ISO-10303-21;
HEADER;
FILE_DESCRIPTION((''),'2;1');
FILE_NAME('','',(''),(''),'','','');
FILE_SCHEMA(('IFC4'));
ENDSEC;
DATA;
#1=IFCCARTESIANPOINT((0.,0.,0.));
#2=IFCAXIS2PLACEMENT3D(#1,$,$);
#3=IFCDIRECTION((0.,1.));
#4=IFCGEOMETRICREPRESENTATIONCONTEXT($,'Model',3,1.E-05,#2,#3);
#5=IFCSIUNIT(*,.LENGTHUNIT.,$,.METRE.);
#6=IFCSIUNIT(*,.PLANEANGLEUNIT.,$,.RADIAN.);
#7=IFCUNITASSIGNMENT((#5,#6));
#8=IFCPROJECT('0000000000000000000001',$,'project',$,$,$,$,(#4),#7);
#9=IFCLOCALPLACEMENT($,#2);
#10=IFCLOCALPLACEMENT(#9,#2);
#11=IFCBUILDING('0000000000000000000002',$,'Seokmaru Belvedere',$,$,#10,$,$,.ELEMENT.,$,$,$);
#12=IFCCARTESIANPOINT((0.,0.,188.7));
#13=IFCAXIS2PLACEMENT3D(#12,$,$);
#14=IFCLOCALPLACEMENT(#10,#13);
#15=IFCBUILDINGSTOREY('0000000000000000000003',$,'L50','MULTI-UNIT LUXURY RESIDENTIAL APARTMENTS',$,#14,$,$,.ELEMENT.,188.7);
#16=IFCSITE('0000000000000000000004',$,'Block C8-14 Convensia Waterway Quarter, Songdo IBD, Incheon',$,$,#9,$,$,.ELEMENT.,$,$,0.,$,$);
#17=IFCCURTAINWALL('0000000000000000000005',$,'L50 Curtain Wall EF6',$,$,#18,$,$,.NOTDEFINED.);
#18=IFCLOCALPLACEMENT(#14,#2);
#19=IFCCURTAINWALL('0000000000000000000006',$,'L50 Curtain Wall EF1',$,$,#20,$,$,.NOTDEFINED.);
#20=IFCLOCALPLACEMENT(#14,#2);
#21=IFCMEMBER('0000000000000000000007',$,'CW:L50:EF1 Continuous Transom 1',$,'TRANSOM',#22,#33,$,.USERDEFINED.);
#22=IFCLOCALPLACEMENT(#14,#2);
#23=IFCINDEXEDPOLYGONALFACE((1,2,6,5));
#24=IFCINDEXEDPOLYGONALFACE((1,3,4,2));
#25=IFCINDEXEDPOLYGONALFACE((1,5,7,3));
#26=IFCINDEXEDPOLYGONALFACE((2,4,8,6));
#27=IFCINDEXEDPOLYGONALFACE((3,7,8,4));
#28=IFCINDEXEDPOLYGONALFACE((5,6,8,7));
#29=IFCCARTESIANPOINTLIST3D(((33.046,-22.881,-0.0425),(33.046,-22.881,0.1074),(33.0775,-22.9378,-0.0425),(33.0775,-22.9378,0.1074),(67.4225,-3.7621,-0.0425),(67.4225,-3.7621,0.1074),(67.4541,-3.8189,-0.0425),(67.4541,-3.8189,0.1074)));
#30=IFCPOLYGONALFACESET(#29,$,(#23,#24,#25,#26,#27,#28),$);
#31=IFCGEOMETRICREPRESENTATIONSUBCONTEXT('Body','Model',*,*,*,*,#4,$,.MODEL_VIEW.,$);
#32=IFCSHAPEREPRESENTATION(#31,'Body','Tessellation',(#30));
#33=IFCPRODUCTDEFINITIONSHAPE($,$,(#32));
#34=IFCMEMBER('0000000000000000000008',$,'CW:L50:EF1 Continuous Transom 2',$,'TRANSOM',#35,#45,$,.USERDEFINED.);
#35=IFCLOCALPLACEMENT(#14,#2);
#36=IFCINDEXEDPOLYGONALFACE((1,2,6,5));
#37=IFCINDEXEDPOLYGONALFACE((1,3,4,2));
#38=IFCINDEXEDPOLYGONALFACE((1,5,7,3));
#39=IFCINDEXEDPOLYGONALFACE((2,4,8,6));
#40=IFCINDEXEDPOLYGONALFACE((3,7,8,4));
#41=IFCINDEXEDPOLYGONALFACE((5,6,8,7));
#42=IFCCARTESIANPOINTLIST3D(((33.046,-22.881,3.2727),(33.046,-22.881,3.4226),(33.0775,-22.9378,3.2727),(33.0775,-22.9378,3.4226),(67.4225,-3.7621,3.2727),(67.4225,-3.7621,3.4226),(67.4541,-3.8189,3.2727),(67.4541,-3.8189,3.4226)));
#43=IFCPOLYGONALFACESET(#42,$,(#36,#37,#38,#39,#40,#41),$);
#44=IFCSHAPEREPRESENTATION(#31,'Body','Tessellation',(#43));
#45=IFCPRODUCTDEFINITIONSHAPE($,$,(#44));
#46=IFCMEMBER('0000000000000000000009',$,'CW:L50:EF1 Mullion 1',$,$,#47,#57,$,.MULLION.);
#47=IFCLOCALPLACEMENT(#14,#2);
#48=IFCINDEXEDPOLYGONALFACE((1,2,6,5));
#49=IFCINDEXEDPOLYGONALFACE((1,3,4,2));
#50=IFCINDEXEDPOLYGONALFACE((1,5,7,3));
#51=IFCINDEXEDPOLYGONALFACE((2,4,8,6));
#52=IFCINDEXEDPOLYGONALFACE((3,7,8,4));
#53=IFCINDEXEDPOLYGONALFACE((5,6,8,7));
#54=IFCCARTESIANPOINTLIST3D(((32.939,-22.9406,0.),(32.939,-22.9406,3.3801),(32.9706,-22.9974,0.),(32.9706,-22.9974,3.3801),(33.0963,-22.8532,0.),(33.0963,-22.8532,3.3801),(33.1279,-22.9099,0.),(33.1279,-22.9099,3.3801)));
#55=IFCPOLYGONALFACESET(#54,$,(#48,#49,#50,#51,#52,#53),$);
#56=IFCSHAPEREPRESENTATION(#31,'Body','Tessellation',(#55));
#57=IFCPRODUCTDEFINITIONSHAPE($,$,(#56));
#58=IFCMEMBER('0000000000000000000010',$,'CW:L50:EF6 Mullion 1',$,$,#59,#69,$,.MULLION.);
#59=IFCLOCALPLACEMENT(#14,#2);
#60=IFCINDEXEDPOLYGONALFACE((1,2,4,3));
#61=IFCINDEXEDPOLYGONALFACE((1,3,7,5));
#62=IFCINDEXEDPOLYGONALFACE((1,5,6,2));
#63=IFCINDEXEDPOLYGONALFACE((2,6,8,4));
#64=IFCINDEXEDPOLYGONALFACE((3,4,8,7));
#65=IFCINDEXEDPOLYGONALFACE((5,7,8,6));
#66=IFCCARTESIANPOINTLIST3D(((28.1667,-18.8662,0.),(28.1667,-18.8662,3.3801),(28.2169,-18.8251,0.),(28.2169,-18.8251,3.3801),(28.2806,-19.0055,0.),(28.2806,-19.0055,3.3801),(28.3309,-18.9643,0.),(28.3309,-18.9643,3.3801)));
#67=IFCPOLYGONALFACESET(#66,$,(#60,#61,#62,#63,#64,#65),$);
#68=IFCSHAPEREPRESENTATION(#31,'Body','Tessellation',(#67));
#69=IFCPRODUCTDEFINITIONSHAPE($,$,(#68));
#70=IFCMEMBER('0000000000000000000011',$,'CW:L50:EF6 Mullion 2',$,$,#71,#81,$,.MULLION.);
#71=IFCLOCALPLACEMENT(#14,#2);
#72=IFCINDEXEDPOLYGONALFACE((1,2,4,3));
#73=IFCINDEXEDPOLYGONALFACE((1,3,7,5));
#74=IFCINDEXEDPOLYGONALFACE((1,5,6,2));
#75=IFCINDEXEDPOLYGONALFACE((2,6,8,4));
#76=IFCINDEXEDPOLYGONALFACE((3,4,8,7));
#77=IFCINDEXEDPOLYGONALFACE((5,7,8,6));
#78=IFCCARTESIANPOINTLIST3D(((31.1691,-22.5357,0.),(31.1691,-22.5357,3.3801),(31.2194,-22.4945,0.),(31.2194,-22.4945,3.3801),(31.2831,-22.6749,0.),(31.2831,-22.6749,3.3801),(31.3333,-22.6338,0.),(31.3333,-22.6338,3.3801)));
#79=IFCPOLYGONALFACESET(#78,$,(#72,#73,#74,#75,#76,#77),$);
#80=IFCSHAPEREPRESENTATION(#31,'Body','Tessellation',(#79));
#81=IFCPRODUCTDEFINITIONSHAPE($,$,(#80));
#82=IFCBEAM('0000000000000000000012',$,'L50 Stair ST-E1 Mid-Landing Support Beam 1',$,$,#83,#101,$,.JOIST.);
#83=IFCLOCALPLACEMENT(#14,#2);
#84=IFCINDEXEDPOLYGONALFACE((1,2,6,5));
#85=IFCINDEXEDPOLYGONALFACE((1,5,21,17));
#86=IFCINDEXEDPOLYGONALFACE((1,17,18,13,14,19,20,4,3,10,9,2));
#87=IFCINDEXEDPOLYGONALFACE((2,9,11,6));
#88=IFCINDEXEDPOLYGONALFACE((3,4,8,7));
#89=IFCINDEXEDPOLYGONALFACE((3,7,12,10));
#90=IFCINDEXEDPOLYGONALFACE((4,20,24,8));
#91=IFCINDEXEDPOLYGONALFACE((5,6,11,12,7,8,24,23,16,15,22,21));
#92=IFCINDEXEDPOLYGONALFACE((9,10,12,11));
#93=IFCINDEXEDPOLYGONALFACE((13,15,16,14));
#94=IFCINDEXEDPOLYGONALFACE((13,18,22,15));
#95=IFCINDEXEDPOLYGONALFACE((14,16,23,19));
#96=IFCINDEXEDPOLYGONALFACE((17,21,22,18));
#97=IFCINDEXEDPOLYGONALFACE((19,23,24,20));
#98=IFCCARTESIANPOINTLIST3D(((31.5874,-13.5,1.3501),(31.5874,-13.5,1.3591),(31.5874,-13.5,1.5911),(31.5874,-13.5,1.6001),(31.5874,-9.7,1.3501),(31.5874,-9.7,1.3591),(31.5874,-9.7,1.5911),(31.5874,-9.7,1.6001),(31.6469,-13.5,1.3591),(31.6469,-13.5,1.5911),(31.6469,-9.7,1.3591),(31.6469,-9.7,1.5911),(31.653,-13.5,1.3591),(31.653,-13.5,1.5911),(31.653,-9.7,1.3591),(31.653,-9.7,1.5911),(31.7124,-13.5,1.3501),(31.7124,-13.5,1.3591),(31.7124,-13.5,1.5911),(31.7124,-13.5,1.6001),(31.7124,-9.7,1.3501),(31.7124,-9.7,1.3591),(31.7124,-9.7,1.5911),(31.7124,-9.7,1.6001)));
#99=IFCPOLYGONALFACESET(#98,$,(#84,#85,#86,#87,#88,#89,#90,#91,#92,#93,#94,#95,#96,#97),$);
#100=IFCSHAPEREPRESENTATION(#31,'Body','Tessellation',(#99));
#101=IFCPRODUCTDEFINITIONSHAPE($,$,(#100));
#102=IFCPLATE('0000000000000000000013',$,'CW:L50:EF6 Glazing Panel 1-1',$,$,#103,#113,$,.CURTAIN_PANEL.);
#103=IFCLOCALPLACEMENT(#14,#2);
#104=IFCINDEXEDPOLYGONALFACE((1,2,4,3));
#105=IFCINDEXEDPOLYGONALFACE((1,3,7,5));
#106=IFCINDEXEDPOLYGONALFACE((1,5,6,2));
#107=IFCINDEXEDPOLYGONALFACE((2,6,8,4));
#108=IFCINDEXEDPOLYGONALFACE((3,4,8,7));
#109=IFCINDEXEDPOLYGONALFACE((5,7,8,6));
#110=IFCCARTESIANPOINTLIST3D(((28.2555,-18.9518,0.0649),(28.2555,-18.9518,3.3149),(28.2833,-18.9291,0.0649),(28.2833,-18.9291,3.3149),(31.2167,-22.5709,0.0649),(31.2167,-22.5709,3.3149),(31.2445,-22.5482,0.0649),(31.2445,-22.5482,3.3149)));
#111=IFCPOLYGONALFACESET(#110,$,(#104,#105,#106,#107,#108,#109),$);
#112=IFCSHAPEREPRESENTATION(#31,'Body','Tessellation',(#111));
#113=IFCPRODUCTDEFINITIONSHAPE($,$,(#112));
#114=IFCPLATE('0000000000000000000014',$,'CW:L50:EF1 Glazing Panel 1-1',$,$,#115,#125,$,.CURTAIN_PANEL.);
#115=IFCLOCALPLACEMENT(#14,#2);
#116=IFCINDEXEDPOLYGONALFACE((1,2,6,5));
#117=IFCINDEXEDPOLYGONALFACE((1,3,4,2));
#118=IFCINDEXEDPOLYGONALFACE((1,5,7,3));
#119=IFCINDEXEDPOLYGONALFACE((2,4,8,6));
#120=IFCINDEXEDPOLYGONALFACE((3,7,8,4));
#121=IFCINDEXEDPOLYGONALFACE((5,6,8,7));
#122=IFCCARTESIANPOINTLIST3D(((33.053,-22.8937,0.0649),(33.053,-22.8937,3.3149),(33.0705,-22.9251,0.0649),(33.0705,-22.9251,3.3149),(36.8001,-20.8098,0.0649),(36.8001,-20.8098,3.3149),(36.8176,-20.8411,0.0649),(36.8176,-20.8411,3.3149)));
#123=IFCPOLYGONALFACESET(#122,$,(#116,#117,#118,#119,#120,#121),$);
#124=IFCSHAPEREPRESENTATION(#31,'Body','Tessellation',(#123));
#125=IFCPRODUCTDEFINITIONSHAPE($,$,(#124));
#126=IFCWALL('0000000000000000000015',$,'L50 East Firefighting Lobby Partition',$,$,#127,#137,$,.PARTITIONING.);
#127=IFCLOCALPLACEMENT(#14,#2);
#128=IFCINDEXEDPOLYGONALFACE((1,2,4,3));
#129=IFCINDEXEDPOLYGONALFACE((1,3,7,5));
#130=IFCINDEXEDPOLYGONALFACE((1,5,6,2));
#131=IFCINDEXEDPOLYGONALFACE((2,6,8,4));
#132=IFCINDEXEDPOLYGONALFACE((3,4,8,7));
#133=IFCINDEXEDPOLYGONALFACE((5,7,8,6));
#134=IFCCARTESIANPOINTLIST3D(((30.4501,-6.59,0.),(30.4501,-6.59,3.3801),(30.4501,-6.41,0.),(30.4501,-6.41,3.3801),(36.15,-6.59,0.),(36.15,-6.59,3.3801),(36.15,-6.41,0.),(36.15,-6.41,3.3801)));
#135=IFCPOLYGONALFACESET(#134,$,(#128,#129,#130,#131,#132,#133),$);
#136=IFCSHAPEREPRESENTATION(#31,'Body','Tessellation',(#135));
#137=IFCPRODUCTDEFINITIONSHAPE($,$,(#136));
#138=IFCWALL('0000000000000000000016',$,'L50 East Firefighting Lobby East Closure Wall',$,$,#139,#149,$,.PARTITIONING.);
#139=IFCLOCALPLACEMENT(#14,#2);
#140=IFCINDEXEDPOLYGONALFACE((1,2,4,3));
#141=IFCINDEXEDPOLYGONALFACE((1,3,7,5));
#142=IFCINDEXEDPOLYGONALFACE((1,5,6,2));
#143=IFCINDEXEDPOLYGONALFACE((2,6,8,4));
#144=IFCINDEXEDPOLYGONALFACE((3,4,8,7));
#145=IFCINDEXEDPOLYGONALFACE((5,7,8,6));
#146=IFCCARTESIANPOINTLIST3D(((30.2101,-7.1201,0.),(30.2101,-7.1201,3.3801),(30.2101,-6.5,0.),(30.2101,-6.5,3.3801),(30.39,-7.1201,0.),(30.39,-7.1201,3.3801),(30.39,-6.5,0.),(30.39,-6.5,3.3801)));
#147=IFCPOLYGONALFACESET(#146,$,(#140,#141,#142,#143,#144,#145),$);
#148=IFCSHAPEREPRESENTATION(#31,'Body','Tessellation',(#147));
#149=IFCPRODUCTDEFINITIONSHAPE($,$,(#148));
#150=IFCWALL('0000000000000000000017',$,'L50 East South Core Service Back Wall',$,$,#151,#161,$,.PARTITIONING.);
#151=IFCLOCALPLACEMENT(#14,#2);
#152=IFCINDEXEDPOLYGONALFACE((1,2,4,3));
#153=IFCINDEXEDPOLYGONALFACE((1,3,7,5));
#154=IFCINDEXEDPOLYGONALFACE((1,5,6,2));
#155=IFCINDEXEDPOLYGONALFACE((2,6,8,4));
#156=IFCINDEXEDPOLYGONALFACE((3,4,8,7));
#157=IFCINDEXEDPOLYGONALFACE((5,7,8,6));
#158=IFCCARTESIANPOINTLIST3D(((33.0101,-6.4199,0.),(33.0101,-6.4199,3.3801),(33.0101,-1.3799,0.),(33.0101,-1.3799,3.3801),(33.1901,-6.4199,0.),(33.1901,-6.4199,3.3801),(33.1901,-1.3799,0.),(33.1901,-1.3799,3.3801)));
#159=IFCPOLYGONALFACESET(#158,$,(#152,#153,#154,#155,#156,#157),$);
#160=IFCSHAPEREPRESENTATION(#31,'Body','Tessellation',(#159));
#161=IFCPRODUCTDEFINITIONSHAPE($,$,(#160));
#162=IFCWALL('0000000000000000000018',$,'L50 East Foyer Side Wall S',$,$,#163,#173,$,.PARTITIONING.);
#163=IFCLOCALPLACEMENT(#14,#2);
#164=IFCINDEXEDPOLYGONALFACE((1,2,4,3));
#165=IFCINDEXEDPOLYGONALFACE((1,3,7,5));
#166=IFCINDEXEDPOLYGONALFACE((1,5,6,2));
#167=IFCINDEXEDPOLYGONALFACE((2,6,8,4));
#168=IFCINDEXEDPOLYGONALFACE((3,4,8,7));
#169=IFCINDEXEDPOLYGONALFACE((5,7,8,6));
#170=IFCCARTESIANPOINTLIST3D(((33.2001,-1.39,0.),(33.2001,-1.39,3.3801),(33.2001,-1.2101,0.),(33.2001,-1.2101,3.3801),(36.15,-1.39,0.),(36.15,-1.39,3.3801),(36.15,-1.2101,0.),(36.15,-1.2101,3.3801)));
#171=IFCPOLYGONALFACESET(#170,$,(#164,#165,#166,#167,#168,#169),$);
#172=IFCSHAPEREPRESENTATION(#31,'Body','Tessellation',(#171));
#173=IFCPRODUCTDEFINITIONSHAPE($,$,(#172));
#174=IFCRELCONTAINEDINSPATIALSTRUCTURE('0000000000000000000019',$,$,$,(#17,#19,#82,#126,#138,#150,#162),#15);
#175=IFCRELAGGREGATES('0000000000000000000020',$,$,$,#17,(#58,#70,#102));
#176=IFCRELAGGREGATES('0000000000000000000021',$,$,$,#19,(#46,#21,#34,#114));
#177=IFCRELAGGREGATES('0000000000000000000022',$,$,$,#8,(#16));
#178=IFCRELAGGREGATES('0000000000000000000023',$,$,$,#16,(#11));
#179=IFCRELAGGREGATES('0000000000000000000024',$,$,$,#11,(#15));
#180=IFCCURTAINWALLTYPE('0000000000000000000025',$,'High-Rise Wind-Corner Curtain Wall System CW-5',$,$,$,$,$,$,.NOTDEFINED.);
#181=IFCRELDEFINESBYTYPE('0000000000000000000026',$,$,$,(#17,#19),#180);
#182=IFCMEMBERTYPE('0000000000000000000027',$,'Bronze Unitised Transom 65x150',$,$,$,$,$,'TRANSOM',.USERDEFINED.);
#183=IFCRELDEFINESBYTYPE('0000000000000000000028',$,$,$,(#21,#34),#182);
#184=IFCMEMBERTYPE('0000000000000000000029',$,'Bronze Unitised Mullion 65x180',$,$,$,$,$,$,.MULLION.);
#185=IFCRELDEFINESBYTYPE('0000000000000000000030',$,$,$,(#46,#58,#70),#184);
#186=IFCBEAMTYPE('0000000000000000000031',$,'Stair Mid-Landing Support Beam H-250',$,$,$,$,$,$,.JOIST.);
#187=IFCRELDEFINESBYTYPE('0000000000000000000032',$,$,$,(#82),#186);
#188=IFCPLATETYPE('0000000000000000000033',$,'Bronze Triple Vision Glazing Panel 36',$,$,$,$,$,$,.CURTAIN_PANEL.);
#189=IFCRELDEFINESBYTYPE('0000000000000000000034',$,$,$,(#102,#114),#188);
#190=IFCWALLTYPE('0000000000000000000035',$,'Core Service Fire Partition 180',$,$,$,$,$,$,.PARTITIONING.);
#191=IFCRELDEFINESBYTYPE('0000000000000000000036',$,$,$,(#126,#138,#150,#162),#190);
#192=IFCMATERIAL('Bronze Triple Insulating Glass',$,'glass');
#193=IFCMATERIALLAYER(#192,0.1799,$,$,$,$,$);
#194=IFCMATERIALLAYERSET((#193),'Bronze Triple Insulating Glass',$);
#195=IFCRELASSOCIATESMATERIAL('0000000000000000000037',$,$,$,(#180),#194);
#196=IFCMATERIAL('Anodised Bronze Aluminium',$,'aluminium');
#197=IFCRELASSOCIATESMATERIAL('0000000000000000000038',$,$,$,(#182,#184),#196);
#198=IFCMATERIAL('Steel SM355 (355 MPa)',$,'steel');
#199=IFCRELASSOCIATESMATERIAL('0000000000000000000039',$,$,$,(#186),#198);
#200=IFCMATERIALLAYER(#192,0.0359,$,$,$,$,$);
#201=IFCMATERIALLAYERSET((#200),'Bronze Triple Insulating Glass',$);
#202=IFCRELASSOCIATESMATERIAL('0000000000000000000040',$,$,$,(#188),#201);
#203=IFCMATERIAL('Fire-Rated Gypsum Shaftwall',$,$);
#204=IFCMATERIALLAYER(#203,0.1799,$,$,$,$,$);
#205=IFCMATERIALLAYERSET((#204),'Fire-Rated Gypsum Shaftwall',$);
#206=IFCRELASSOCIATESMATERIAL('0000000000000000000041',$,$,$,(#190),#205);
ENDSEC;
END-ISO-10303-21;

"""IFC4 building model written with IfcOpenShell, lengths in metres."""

from ifc_helpers import new_model, si_unit, direction, frame, frame_2d, origin, origin_2d, place, context, subcontext, project, spatial, rectangle, i_section, extrude, source, transform, mapped, material, layer, layer_set, material_profile, profile_set, type_object, type_shapes, element, aggregate, save


model = new_model("IFC4")

# Units and contexts
model_context = context("Model", 3, precision=1e-05, world=origin(), true_north=direction((0.0, 1.0)))
body_context = subcontext(model_context, "Body", "Model", "MODEL_VIEW")
ifc_project = project(units=[si_unit("LENGTHUNIT", "METRE"), si_unit("PLANEANGLEUNIT", "RADIAN")], contexts=[model_context])

# Site, building, storey
site_placement = place(None, origin())
site = spatial("IfcSite", under=ifc_project, at=site_placement, Name="Block C8-14 Convensia Waterway Quarter, Songdo IBD, Incheon", CompositionType="ELEMENT", RefElevation=0.0)
building_placement = place(site_placement, origin())
building = spatial("IfcBuilding", under=site, at=building_placement, Name="Seokmaru Belvedere", CompositionType="ELEMENT")
storey_placement = place(building_placement, frame((0.0, 0.0, 188.7)))
storey = spatial("IfcBuildingStorey", under=building, at=storey_placement, Name="L50", Description="MULTI-UNIT LUXURY RESIDENTIAL APARTMENTS", CompositionType="ELEMENT", Elevation=188.7)

# Shared definitions
ifc_material_1 = material(Name="Steel SM355 (355 MPa)", Category="steel")

# Curtain walls, members
ifc_material_2 = material(Name="Bronze Triple Insulating Glass", Category="glass")
ifc_layer_1 = layer(ifc_material_2, 0.1799)
ifc_layer_set_1 = layer_set([ifc_layer_1], Name="Bronze Triple Insulating Glass")
curtain_wall_type = type_object("IfcCurtainWallType", Name="High-Rise Wind-Corner Curtain Wall System CW-5", PredefinedType="NOTDEFINED", material=ifc_layer_set_1)
curtain_wall_1_placement = place(storey_placement, origin())
curtain_wall_1 = element("IfcCurtainWall", 1, at=curtain_wall_1_placement, inside=storey, type_object=curtain_wall_type, Name="L50 Curtain Wall EF6", PredefinedType="NOTDEFINED")
ifc_material_3 = material(Name="Anodised Bronze Aluminium", Category="aluminium")
ifc_material_profile_1 = material_profile(ifc_material_3, rectangle(XDim=0.0649, YDim=0.1499, at=origin_2d()), Name="CW-T-65x150")
ifc_profile_set_1 = profile_set([ifc_material_profile_1], Name="Anodised Bronze Aluminium")
member_type_1 = type_object("IfcMemberType", Name="Bronze Unitised Transom 65x150", ElementType="TRANSOM", PredefinedType="USERDEFINED", material=ifc_profile_set_1)
curtain_wall_2_placement = place(storey_placement, origin())
curtain_wall_2 = element("IfcCurtainWall", 2, at=curtain_wall_2_placement, inside=storey, type_object=curtain_wall_type, Name="L50 Curtain Wall EF1", PredefinedType="NOTDEFINED")
shared_shape_1 = source(origin(), body_context, "Body", "SweptSolid", [
    extrude(rectangle(XDim=0.0649, YDim=0.1499, at=origin_2d()), origin(), (0.0, 0.0, 1.0), 39.3354),
])
member_1_placement = place(storey_placement, frame((33.0618, -22.9094, 0.0325), z_axis=(0.873932, 0.486048, 0.0), x_axis=(-0.486048, 0.873932, 0.0)))
member_1 = element("IfcMember", 3, at=member_1_placement, type_object=member_type_1, Name="CW:L50:EF1 Continuous Transom 1", ObjectType="TRANSOM", PredefinedType="USERDEFINED", context=body_context, shape_type="MappedRepresentation", body=[
    mapped(shared_shape_1, transform((0.0, 0.0, 0.0), scale=1.0)),
])
member_2_placement = place(storey_placement, frame((33.0618, -22.9094, 3.3477), z_axis=(0.873932, 0.486048, 0.0), x_axis=(-0.486048, 0.873932, 0.0)))
member_2 = element("IfcMember", 4, at=member_2_placement, type_object=member_type_1, Name="CW:L50:EF1 Continuous Transom 2", ObjectType="TRANSOM", PredefinedType="USERDEFINED", context=body_context, shape_type="MappedRepresentation", body=[
    mapped(shared_shape_1, transform((0.0, 0.0, 0.0), scale=1.0)),
])
ifc_material_profile_2 = material_profile(ifc_material_3, rectangle(XDim=0.0649, YDim=0.1799, at=origin_2d()), Name="CW-M-65x180")
ifc_profile_set_2 = profile_set([ifc_material_profile_2], Name="Anodised Bronze Aluminium")
member_type_2 = type_object("IfcMemberType", Name="Bronze Unitised Mullion 65x180", PredefinedType="MULLION", material=ifc_profile_set_2)
shared_shape_2 = source(origin(), body_context, "Body", "SweptSolid", [
    extrude(rectangle(XDim=0.0649, YDim=0.1799, at=origin_2d()), origin(), (0.0, 0.0, 1.0), 3.3801),
])
type_shapes(member_type_2, [shared_shape_2])
member_3_placement = place(storey_placement, frame((33.0334, -22.9253, 0.0), z_axis=(0.0, 0.0, 1.0), x_axis=(-0.486047, 0.873933, 0.0)))
member_3 = element("IfcMember", 5, at=member_3_placement, type_object=member_type_2, Name="CW:L50:EF1 Mullion 1", PredefinedType="MULLION", context=body_context, shape_type="MappedRepresentation", body=[
    mapped(shared_shape_2, transform((0.0, 0.0, 0.0), scale=1.0)),
])

# Members
member_4_placement = place(storey_placement, frame((28.2488, -18.9153, 0.0), z_axis=(0.0, 0.0, 1.0), x_axis=(0.773944, 0.633254, 0.0)))
member_4 = element("IfcMember", 6, at=member_4_placement, type_object=member_type_2, Name="CW:L50:EF6 Mullion 1", PredefinedType="MULLION", context=body_context, shape_type="MappedRepresentation", body=[
    mapped(shared_shape_2, transform((0.0, 0.0, 0.0), scale=1.0)),
])
member_5_placement = place(storey_placement, frame((31.2512, -22.5847, 0.0), z_axis=(0.0, 0.0, 1.0), x_axis=(0.773944, 0.633254, 0.0)))
member_5 = element("IfcMember", 7, at=member_5_placement, type_object=member_type_2, Name="CW:L50:EF6 Mullion 2", PredefinedType="MULLION", context=body_context, shape_type="MappedRepresentation", body=[
    mapped(shared_shape_2, transform((0.0, 0.0, 0.0), scale=1.0)),
])

# Beam
ifc_material_profile_3 = material_profile(ifc_material_1, i_section(OverallWidth=0.125, OverallDepth=0.25, WebThickness=0.0061, FlangeThickness=0.009, at=origin_2d()), Name="H-250x125x6x9")
ifc_profile_set_3 = profile_set([ifc_material_profile_3], Name="Steel SM355 (355 MPa)")
beam_type_1 = type_object("IfcBeamType", Name="Stair Mid-Landing Support Beam H-250", PredefinedType="JOIST", material=ifc_profile_set_3)
shared_shape_3 = source(origin(), body_context, "Body", "SweptSolid", [
    extrude(i_section(OverallWidth=0.125, OverallDepth=0.25, WebThickness=0.0061, FlangeThickness=0.009, at=origin_2d()), origin(), (0.0, 0.0, 1.0), 3.8),
])
type_shapes(beam_type_1, [shared_shape_3])
beam_1_placement = place(storey_placement, frame((31.6499, -13.5, 1.4751), z_axis=(0.0, 1.0, 0.0), x_axis=(-1.0, 0.0, 0.0)))
element("IfcBeam", 8, at=beam_1_placement, inside=storey, type_object=beam_type_1, Name="L50 Stair ST-E1 Mid-Landing Support Beam 1", PredefinedType="JOIST", context=body_context, shape_type="MappedRepresentation", body=[
    mapped(shared_shape_3, transform((0.0, 0.0, 0.0), scale=1.0)),
])

# Plates
ifc_layer_2 = layer(ifc_material_2, 0.0359)
ifc_layer_set_2 = layer_set([ifc_layer_2], Name="Bronze Triple Insulating Glass")
plate_type = type_object("IfcPlateType", Name="Bronze Triple Vision Glazing Panel 36", PredefinedType="CURTAIN_PANEL", material=ifc_layer_set_2)
shared_shape_4 = source(origin(), body_context, "Body", "SweptSolid", [
    extrude(rectangle(XDim=4.6763, YDim=0.0359, at=origin_2d()), origin(), (0.0, 0.0, 1.0), 3.25),
])
plate_1_placement = place(storey_placement, frame((29.75, -20.75, 0.0649), z_axis=(0.0, 0.0, 1.0), x_axis=(0.633254, -0.773944, 0.0)))
plate_1 = element("IfcPlate", 9, at=plate_1_placement, type_object=plate_type, Name="CW:L50:EF6 Glazing Panel 1-1", PredefinedType="CURTAIN_PANEL", context=body_context, shape_type="MappedRepresentation", body=[
    mapped(shared_shape_4, transform((0.0, 0.0, 0.0), scale=1.0)),
])
aggregate(curtain_wall_1, [member_4, member_5, plate_1])
shared_shape_5 = source(origin(), body_context, "Body", "SweptSolid", [
    extrude(rectangle(XDim=4.2876, YDim=0.0359, at=origin_2d()), origin(), (0.0, 0.0, 1.0), 3.25),
])
type_shapes(plate_type, [shared_shape_4, shared_shape_5])
plate_2_placement = place(storey_placement, frame((34.9353, -21.8674, 0.0649), z_axis=(0.0, 0.0, 1.0), x_axis=(0.873933, 0.486047, 0.0)))
plate_2 = element("IfcPlate", 10, at=plate_2_placement, type_object=plate_type, Name="CW:L50:EF1 Glazing Panel 1-1", PredefinedType="CURTAIN_PANEL", context=body_context, shape_type="MappedRepresentation", body=[
    mapped(shared_shape_5, transform((0.0, 0.0, 0.0), scale=1.0)),
])
aggregate(curtain_wall_2, [member_3, member_1, member_2, plate_2])

# Walls
ifc_material_4 = material(Name="Fire-Rated Gypsum Shaftwall")
ifc_layer_3 = layer(ifc_material_4, 0.1799)
ifc_layer_set_3 = layer_set([ifc_layer_3], Name="Fire-Rated Gypsum Shaftwall")
wall_type_1 = type_object("IfcWallType", Name="Core Service Fire Partition 180", PredefinedType="PARTITIONING", material=ifc_layer_set_3)
wall_1_placement = place(storey_placement, frame((30.45, -6.5, 0.0), z_axis=(0.0, 0.0, 1.0), x_axis=(1.0, 0.0, 0.0)))
element("IfcWall", 11, at=wall_1_placement, inside=storey, type_object=wall_type_1, Name="L50 East Firefighting Lobby Partition", PredefinedType="PARTITIONING", context=body_context, shape_type="SweptSolid", body=[
    extrude(rectangle(XDim=5.7, YDim=0.1799, at=frame_2d((2.8501, 0.0))), origin(), (0.0, 0.0, 1.0), 3.3801),
])
wall_2_placement = place(storey_placement, frame((30.3, -7.1201, 0.0), z_axis=(0.0, 0.0, 1.0), x_axis=(0.0, 1.0, 0.0)))
element("IfcWall", 12, at=wall_2_placement, inside=storey, type_object=wall_type_1, Name="L50 East Firefighting Lobby East Closure Wall", PredefinedType="PARTITIONING", context=body_context, shape_type="SweptSolid", body=[
    extrude(rectangle(XDim=0.6201, YDim=0.1799, at=frame_2d((0.3101, 0.0))), origin(), (0.0, 0.0, 1.0), 3.3801),
])
wall_3_placement = place(storey_placement, frame((33.1001, -6.4199, 0.0), z_axis=(0.0, 0.0, 1.0), x_axis=(0.0, 1.0, 0.0)))
element("IfcWall", 13, at=wall_3_placement, inside=storey, type_object=wall_type_1, Name="L50 East South Core Service Back Wall", PredefinedType="PARTITIONING", context=body_context, shape_type="SweptSolid", body=[
    extrude(rectangle(XDim=5.04, YDim=0.1799, at=frame_2d((2.52, 0.0))), origin(), (0.0, 0.0, 1.0), 3.3801),
])
wall_4_placement = place(storey_placement, frame((33.2, -1.3, 0.0), z_axis=(0.0, 0.0, 1.0), x_axis=(1.0, 0.0, 0.0)))
element("IfcWall", 14, at=wall_4_placement, inside=storey, type_object=wall_type_1, Name="L50 East Foyer Side Wall S", PredefinedType="PARTITIONING", context=body_context, shape_type="SweptSolid", body=[
    extrude(rectangle(XDim=2.95, YDim=0.1799, at=frame_2d((1.4751, 0.0))), origin(), (0.0, 0.0, 1.0), 3.3801),
])

save(model, "model.ifc")
